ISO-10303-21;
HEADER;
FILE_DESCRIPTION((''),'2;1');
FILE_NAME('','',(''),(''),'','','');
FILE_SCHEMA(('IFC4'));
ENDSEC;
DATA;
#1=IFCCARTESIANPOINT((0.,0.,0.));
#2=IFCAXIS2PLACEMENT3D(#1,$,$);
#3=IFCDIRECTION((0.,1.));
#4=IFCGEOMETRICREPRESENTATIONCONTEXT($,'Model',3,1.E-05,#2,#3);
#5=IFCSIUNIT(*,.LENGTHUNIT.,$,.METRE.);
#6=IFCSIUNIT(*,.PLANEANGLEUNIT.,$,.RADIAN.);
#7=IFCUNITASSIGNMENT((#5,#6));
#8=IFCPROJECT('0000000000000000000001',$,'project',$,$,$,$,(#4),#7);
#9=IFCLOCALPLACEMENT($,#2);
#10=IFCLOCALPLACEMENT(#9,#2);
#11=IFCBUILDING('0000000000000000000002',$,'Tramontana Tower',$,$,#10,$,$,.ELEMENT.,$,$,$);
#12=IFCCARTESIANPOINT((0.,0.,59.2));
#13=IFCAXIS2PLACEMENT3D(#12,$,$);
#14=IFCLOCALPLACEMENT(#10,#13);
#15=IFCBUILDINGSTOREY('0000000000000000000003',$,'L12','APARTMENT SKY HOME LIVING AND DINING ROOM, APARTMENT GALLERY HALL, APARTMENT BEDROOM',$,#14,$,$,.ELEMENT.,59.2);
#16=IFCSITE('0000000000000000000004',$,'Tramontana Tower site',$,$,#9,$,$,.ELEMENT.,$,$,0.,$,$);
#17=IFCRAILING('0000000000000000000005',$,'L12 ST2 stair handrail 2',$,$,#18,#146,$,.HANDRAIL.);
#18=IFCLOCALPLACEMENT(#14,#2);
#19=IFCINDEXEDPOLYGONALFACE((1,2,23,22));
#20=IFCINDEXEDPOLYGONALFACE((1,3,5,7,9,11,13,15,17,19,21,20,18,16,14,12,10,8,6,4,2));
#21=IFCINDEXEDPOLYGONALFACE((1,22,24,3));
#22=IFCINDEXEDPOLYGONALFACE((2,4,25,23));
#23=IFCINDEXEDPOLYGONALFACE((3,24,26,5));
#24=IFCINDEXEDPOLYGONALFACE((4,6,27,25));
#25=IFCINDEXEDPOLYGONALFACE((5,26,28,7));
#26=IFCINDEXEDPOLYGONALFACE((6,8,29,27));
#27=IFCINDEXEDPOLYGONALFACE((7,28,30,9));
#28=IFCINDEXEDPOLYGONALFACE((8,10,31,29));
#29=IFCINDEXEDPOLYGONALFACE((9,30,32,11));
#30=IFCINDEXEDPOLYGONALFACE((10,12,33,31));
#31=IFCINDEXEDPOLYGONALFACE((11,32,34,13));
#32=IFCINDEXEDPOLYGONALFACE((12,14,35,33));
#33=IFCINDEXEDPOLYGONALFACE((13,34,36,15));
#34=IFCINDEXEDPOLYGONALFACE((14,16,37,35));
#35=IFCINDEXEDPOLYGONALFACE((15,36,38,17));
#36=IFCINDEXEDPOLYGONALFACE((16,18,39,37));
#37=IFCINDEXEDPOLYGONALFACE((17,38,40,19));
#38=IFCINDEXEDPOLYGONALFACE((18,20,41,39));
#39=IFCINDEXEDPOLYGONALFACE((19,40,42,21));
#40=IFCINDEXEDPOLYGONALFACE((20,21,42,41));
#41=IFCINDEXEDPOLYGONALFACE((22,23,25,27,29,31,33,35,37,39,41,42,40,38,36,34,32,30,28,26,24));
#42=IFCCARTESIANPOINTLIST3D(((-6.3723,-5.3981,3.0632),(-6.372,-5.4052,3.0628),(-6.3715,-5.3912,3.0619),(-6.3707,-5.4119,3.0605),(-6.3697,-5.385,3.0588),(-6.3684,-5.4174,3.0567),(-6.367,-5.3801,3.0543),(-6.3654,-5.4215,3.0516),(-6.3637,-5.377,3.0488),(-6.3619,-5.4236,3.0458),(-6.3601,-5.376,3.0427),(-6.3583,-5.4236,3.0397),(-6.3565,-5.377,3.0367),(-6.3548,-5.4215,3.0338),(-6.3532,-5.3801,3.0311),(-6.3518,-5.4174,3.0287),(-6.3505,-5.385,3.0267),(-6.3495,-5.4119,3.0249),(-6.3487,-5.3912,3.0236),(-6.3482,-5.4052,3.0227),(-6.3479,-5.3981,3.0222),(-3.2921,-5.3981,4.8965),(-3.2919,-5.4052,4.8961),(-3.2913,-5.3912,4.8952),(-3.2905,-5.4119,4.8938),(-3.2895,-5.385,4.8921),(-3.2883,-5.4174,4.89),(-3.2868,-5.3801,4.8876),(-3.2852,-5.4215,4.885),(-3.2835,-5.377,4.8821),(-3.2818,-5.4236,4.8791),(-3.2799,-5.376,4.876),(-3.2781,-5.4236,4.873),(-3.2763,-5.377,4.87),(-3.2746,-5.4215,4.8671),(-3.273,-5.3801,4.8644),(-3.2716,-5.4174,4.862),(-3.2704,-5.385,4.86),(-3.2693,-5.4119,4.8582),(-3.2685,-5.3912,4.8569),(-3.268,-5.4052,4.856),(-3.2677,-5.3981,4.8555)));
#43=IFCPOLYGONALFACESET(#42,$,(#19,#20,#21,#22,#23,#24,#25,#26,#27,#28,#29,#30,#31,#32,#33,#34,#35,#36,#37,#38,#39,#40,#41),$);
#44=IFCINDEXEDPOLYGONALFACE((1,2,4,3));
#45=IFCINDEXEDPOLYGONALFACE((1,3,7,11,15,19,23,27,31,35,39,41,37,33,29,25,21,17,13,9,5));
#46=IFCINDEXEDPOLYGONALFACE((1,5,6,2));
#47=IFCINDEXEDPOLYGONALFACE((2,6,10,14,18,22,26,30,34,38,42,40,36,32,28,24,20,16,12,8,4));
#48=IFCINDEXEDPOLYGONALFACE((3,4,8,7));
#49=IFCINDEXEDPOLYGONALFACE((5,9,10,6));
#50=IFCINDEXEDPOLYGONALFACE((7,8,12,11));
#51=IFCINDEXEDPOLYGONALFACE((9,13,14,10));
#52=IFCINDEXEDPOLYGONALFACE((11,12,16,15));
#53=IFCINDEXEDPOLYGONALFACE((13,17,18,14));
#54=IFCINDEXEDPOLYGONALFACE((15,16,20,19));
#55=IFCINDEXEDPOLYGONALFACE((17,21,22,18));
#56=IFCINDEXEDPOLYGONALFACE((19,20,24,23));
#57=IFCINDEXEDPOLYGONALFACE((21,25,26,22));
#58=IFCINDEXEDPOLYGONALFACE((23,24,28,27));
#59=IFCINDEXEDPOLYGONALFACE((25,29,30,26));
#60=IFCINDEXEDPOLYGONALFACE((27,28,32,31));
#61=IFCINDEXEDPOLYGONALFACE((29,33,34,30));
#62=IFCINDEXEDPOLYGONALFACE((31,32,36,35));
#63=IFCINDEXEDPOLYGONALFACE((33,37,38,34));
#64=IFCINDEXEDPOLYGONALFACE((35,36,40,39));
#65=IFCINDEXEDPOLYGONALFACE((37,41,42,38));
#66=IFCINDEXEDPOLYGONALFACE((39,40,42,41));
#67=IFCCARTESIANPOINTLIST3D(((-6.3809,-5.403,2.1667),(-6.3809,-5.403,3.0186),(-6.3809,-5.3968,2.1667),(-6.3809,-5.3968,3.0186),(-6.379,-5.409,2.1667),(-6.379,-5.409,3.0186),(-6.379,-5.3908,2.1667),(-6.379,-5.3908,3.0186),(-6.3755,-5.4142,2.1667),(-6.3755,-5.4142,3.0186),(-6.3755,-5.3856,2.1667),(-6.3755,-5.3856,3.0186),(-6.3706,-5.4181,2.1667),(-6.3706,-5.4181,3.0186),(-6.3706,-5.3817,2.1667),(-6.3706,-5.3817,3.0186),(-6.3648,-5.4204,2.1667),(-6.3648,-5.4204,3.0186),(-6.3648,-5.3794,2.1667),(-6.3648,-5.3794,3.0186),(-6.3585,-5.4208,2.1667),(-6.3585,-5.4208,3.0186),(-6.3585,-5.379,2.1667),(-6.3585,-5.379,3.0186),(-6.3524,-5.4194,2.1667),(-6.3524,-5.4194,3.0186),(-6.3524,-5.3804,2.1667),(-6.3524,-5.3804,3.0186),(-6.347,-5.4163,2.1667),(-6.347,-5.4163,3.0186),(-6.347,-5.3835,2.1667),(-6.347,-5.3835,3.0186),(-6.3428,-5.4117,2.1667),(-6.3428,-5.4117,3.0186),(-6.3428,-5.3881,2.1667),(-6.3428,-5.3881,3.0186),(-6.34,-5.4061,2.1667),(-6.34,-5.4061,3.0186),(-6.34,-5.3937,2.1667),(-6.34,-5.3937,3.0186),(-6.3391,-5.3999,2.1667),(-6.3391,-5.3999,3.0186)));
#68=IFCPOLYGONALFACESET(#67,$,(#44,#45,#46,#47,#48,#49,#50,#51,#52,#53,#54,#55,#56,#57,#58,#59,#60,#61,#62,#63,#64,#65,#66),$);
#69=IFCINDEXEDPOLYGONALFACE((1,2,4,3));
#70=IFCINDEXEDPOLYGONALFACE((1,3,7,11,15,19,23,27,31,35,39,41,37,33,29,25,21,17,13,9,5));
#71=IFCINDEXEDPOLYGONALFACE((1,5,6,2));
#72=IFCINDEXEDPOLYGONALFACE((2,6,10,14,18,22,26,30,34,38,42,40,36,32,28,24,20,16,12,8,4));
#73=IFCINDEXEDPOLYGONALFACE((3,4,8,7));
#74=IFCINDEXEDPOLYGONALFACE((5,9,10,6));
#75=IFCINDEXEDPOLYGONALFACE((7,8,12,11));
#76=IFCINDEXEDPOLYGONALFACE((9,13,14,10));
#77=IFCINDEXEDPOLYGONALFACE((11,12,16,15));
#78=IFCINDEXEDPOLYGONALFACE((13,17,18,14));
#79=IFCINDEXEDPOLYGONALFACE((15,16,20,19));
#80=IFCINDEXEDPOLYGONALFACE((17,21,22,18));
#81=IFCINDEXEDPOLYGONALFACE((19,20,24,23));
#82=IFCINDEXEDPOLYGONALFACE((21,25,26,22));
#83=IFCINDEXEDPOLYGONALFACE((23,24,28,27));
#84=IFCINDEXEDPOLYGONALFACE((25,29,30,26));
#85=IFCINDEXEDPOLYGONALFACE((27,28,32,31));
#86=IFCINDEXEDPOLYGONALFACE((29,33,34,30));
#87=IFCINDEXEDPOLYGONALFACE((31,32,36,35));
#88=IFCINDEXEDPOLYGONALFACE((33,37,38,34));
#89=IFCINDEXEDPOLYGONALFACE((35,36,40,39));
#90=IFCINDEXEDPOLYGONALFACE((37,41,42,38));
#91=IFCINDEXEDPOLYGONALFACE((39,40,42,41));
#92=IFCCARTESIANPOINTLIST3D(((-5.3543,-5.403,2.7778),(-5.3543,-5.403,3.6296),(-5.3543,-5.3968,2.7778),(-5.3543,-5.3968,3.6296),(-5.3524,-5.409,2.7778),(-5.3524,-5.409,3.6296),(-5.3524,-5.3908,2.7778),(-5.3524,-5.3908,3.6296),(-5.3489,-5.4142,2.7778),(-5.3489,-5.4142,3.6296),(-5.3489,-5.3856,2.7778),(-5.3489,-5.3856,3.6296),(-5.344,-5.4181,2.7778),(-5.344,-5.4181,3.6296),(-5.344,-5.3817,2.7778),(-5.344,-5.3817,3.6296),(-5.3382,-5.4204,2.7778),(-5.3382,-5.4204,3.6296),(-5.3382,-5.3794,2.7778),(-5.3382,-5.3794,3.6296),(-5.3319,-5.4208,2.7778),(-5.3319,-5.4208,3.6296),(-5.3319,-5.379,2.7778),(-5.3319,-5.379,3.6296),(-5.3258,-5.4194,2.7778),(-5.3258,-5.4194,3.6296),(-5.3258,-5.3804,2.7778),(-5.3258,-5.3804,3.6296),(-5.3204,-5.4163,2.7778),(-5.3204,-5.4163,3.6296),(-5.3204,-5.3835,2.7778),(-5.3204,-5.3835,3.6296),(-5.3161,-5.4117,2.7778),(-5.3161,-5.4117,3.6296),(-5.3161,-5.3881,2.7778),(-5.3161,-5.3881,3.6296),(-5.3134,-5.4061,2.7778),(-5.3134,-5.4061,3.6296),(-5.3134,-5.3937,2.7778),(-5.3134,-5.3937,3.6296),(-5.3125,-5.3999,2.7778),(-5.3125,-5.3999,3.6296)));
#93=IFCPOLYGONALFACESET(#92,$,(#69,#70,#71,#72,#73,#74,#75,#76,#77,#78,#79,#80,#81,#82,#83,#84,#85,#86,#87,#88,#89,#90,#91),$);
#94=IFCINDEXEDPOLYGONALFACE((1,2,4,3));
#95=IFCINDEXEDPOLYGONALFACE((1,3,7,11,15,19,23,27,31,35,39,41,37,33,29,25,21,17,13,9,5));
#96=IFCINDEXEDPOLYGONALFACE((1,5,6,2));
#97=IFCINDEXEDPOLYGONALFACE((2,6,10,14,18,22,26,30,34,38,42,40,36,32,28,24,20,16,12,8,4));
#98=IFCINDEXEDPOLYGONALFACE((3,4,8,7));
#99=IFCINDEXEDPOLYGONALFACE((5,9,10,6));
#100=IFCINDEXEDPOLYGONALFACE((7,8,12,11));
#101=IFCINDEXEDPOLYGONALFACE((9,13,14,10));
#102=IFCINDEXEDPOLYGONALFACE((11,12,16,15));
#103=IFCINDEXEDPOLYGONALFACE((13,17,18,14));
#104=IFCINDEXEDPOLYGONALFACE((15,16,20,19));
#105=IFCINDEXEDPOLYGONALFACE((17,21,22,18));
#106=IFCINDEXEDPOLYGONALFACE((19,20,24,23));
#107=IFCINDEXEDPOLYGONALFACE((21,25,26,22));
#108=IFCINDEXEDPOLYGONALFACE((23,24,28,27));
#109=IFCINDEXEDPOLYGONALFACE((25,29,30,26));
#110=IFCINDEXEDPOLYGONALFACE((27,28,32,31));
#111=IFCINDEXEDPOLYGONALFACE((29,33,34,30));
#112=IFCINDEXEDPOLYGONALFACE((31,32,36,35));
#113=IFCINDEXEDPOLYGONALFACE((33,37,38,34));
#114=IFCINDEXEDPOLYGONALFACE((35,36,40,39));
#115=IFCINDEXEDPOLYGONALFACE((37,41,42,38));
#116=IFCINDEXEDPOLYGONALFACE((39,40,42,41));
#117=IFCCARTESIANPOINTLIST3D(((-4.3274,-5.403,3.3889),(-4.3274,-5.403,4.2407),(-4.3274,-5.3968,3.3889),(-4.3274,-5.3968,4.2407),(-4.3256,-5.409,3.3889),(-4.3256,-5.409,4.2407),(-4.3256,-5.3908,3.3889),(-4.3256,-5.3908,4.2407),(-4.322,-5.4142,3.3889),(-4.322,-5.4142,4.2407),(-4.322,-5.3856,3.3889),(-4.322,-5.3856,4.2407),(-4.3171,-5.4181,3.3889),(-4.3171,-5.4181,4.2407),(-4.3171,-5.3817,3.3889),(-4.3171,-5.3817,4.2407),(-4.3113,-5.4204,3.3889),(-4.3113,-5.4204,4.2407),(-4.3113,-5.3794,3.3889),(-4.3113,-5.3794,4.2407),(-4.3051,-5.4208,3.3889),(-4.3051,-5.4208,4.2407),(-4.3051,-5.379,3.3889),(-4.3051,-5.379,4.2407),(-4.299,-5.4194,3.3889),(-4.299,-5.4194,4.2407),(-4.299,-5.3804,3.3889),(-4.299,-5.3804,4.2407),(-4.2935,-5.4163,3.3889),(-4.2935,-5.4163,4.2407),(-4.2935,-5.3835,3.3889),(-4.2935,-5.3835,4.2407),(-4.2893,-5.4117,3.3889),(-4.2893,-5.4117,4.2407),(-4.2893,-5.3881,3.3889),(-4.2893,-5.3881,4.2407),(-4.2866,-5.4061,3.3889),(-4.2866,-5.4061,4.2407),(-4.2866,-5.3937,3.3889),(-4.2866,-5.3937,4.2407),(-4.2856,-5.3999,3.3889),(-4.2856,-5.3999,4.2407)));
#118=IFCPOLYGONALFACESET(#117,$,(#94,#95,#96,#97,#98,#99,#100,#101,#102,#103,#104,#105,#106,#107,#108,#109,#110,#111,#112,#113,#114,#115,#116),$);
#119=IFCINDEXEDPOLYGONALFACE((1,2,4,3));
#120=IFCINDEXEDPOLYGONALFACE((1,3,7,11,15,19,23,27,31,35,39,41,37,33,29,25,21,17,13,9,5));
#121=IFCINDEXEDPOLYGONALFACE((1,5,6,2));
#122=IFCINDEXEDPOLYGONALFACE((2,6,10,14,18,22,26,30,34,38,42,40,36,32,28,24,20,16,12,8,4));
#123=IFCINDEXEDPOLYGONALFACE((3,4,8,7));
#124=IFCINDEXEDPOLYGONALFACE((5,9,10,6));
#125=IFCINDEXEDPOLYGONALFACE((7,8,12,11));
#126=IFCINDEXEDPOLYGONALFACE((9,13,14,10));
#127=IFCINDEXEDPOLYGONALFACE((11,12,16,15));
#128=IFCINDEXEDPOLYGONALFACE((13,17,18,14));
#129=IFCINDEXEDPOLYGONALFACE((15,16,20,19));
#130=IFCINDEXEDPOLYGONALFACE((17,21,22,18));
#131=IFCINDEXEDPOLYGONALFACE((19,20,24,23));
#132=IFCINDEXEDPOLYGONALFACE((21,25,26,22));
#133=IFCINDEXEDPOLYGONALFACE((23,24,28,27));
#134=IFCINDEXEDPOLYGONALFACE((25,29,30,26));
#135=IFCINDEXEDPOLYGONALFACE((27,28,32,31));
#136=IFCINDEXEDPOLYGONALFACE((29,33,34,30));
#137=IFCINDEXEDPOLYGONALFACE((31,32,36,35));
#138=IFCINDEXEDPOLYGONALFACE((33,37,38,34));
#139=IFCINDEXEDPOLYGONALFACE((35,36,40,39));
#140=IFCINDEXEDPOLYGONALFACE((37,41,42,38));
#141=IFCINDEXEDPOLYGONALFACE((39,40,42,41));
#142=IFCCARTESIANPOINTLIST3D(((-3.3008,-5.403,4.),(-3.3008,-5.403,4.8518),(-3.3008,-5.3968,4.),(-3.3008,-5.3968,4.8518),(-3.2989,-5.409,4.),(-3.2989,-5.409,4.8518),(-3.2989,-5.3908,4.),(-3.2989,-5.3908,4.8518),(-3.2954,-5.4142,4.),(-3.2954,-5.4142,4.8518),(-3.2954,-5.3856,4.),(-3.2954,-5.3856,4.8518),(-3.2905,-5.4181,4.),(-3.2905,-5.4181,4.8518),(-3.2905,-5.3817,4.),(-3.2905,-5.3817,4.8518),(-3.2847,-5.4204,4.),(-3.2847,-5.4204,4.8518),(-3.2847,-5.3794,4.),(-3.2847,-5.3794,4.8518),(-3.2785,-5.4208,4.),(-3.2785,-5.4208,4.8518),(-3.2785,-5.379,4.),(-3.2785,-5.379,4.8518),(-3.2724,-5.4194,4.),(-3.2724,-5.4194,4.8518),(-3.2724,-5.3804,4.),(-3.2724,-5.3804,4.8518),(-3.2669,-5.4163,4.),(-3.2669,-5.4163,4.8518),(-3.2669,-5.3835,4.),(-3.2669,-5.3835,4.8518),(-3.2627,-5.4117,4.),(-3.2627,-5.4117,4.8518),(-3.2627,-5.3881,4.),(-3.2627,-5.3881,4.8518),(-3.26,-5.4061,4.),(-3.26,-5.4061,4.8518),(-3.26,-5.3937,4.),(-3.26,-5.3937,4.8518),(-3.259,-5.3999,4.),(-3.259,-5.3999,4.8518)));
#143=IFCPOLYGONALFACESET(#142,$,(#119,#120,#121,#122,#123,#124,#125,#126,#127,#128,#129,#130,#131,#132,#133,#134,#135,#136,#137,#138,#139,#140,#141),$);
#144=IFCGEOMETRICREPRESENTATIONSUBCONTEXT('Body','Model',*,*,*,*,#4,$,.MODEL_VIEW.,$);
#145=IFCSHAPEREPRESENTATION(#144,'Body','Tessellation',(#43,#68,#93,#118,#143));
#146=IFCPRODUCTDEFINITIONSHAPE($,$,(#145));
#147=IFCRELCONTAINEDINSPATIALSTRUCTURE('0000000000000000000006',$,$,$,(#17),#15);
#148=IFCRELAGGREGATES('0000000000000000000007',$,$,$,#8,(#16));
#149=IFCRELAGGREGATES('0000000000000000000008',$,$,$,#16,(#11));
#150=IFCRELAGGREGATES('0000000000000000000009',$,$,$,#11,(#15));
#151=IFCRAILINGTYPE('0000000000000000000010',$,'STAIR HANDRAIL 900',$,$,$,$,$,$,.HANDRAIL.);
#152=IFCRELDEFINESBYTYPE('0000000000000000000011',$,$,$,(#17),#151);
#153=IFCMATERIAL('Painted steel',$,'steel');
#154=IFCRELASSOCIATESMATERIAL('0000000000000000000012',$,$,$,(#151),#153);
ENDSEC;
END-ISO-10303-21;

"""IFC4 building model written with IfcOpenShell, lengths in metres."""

from ifc_helpers import new_model, si_unit, direction, frame, origin, origin_2d, place, context, subcontext, project, spatial, circle, extrude, material, type_object, element, save


model = new_model("IFC4")

# Units and contexts
model_context = context("Model", 3, precision=1e-05, world=origin(), true_north=direction((0.0, 1.0)))
body_context = subcontext(model_context, "Body", "Model", "MODEL_VIEW")
ifc_project = project(units=[si_unit("LENGTHUNIT", "METRE"), si_unit("PLANEANGLEUNIT", "RADIAN")], contexts=[model_context])

# Site, building, storey
site_placement = place(None, origin())
site = spatial("IfcSite", under=ifc_project, at=site_placement, Name="Tramontana Tower site", CompositionType="ELEMENT", RefElevation=0.0)
building_placement = place(site_placement, origin())
building = spatial("IfcBuilding", under=site, at=building_placement, Name="Tramontana Tower", CompositionType="ELEMENT")
storey_placement = place(building_placement, frame((0.0, 0.0, 59.2)))
storey = spatial("IfcBuildingStorey", under=building, at=storey_placement, Name="L12", Description="APARTMENT SKY HOME LIVING AND DINING ROOM, APARTMENT GALLERY HALL, APARTMENT BEDROOM", CompositionType="ELEMENT", Elevation=59.2)

# Railing
ifc_material_1 = material(Name="Painted steel", Category="steel")
railing_type_1 = type_object("IfcRailingType", Name="STAIR HANDRAIL 900", PredefinedType="HANDRAIL", material=ifc_material_1)
railing_1_placement = place(storey_placement, frame((-6.3601, -5.3999, 2.1667)))
element("IfcRailing", 1, at=railing_1_placement, inside=storey, type_object=railing_type_1, Name="L12 ST2 stair handrail 2", PredefinedType="HANDRAIL", context=body_context, shape_type="SweptSolid", body=[
    extrude(circle(Radius=0.0239, at=origin_2d()), frame((0.0, 0.0, 0.876), z_axis=(0.859309, 0.0, 0.511458), x_axis=(0.0, 1.0, 0.0)), (0.0, 0.0, 1.0), 3.5845),
    extrude(circle(Radius=0.021, at=origin_2d()), origin(), (0.0, 0.0, 1.0), 0.8518),
    extrude(circle(Radius=0.021, at=origin_2d()), frame((1.0266, 0.0, 0.6111)), (0.0, 0.0, 1.0), 0.8518),
    extrude(circle(Radius=0.021, at=origin_2d()), frame((2.0535, 0.0, 1.2222)), (0.0, 0.0, 1.0), 0.8518),
    extrude(circle(Radius=0.021, at=origin_2d()), frame((3.0801, 0.0, 1.8333)), (0.0, 0.0, 1.0), 0.8518),
])

save(model, "model.ifc")
